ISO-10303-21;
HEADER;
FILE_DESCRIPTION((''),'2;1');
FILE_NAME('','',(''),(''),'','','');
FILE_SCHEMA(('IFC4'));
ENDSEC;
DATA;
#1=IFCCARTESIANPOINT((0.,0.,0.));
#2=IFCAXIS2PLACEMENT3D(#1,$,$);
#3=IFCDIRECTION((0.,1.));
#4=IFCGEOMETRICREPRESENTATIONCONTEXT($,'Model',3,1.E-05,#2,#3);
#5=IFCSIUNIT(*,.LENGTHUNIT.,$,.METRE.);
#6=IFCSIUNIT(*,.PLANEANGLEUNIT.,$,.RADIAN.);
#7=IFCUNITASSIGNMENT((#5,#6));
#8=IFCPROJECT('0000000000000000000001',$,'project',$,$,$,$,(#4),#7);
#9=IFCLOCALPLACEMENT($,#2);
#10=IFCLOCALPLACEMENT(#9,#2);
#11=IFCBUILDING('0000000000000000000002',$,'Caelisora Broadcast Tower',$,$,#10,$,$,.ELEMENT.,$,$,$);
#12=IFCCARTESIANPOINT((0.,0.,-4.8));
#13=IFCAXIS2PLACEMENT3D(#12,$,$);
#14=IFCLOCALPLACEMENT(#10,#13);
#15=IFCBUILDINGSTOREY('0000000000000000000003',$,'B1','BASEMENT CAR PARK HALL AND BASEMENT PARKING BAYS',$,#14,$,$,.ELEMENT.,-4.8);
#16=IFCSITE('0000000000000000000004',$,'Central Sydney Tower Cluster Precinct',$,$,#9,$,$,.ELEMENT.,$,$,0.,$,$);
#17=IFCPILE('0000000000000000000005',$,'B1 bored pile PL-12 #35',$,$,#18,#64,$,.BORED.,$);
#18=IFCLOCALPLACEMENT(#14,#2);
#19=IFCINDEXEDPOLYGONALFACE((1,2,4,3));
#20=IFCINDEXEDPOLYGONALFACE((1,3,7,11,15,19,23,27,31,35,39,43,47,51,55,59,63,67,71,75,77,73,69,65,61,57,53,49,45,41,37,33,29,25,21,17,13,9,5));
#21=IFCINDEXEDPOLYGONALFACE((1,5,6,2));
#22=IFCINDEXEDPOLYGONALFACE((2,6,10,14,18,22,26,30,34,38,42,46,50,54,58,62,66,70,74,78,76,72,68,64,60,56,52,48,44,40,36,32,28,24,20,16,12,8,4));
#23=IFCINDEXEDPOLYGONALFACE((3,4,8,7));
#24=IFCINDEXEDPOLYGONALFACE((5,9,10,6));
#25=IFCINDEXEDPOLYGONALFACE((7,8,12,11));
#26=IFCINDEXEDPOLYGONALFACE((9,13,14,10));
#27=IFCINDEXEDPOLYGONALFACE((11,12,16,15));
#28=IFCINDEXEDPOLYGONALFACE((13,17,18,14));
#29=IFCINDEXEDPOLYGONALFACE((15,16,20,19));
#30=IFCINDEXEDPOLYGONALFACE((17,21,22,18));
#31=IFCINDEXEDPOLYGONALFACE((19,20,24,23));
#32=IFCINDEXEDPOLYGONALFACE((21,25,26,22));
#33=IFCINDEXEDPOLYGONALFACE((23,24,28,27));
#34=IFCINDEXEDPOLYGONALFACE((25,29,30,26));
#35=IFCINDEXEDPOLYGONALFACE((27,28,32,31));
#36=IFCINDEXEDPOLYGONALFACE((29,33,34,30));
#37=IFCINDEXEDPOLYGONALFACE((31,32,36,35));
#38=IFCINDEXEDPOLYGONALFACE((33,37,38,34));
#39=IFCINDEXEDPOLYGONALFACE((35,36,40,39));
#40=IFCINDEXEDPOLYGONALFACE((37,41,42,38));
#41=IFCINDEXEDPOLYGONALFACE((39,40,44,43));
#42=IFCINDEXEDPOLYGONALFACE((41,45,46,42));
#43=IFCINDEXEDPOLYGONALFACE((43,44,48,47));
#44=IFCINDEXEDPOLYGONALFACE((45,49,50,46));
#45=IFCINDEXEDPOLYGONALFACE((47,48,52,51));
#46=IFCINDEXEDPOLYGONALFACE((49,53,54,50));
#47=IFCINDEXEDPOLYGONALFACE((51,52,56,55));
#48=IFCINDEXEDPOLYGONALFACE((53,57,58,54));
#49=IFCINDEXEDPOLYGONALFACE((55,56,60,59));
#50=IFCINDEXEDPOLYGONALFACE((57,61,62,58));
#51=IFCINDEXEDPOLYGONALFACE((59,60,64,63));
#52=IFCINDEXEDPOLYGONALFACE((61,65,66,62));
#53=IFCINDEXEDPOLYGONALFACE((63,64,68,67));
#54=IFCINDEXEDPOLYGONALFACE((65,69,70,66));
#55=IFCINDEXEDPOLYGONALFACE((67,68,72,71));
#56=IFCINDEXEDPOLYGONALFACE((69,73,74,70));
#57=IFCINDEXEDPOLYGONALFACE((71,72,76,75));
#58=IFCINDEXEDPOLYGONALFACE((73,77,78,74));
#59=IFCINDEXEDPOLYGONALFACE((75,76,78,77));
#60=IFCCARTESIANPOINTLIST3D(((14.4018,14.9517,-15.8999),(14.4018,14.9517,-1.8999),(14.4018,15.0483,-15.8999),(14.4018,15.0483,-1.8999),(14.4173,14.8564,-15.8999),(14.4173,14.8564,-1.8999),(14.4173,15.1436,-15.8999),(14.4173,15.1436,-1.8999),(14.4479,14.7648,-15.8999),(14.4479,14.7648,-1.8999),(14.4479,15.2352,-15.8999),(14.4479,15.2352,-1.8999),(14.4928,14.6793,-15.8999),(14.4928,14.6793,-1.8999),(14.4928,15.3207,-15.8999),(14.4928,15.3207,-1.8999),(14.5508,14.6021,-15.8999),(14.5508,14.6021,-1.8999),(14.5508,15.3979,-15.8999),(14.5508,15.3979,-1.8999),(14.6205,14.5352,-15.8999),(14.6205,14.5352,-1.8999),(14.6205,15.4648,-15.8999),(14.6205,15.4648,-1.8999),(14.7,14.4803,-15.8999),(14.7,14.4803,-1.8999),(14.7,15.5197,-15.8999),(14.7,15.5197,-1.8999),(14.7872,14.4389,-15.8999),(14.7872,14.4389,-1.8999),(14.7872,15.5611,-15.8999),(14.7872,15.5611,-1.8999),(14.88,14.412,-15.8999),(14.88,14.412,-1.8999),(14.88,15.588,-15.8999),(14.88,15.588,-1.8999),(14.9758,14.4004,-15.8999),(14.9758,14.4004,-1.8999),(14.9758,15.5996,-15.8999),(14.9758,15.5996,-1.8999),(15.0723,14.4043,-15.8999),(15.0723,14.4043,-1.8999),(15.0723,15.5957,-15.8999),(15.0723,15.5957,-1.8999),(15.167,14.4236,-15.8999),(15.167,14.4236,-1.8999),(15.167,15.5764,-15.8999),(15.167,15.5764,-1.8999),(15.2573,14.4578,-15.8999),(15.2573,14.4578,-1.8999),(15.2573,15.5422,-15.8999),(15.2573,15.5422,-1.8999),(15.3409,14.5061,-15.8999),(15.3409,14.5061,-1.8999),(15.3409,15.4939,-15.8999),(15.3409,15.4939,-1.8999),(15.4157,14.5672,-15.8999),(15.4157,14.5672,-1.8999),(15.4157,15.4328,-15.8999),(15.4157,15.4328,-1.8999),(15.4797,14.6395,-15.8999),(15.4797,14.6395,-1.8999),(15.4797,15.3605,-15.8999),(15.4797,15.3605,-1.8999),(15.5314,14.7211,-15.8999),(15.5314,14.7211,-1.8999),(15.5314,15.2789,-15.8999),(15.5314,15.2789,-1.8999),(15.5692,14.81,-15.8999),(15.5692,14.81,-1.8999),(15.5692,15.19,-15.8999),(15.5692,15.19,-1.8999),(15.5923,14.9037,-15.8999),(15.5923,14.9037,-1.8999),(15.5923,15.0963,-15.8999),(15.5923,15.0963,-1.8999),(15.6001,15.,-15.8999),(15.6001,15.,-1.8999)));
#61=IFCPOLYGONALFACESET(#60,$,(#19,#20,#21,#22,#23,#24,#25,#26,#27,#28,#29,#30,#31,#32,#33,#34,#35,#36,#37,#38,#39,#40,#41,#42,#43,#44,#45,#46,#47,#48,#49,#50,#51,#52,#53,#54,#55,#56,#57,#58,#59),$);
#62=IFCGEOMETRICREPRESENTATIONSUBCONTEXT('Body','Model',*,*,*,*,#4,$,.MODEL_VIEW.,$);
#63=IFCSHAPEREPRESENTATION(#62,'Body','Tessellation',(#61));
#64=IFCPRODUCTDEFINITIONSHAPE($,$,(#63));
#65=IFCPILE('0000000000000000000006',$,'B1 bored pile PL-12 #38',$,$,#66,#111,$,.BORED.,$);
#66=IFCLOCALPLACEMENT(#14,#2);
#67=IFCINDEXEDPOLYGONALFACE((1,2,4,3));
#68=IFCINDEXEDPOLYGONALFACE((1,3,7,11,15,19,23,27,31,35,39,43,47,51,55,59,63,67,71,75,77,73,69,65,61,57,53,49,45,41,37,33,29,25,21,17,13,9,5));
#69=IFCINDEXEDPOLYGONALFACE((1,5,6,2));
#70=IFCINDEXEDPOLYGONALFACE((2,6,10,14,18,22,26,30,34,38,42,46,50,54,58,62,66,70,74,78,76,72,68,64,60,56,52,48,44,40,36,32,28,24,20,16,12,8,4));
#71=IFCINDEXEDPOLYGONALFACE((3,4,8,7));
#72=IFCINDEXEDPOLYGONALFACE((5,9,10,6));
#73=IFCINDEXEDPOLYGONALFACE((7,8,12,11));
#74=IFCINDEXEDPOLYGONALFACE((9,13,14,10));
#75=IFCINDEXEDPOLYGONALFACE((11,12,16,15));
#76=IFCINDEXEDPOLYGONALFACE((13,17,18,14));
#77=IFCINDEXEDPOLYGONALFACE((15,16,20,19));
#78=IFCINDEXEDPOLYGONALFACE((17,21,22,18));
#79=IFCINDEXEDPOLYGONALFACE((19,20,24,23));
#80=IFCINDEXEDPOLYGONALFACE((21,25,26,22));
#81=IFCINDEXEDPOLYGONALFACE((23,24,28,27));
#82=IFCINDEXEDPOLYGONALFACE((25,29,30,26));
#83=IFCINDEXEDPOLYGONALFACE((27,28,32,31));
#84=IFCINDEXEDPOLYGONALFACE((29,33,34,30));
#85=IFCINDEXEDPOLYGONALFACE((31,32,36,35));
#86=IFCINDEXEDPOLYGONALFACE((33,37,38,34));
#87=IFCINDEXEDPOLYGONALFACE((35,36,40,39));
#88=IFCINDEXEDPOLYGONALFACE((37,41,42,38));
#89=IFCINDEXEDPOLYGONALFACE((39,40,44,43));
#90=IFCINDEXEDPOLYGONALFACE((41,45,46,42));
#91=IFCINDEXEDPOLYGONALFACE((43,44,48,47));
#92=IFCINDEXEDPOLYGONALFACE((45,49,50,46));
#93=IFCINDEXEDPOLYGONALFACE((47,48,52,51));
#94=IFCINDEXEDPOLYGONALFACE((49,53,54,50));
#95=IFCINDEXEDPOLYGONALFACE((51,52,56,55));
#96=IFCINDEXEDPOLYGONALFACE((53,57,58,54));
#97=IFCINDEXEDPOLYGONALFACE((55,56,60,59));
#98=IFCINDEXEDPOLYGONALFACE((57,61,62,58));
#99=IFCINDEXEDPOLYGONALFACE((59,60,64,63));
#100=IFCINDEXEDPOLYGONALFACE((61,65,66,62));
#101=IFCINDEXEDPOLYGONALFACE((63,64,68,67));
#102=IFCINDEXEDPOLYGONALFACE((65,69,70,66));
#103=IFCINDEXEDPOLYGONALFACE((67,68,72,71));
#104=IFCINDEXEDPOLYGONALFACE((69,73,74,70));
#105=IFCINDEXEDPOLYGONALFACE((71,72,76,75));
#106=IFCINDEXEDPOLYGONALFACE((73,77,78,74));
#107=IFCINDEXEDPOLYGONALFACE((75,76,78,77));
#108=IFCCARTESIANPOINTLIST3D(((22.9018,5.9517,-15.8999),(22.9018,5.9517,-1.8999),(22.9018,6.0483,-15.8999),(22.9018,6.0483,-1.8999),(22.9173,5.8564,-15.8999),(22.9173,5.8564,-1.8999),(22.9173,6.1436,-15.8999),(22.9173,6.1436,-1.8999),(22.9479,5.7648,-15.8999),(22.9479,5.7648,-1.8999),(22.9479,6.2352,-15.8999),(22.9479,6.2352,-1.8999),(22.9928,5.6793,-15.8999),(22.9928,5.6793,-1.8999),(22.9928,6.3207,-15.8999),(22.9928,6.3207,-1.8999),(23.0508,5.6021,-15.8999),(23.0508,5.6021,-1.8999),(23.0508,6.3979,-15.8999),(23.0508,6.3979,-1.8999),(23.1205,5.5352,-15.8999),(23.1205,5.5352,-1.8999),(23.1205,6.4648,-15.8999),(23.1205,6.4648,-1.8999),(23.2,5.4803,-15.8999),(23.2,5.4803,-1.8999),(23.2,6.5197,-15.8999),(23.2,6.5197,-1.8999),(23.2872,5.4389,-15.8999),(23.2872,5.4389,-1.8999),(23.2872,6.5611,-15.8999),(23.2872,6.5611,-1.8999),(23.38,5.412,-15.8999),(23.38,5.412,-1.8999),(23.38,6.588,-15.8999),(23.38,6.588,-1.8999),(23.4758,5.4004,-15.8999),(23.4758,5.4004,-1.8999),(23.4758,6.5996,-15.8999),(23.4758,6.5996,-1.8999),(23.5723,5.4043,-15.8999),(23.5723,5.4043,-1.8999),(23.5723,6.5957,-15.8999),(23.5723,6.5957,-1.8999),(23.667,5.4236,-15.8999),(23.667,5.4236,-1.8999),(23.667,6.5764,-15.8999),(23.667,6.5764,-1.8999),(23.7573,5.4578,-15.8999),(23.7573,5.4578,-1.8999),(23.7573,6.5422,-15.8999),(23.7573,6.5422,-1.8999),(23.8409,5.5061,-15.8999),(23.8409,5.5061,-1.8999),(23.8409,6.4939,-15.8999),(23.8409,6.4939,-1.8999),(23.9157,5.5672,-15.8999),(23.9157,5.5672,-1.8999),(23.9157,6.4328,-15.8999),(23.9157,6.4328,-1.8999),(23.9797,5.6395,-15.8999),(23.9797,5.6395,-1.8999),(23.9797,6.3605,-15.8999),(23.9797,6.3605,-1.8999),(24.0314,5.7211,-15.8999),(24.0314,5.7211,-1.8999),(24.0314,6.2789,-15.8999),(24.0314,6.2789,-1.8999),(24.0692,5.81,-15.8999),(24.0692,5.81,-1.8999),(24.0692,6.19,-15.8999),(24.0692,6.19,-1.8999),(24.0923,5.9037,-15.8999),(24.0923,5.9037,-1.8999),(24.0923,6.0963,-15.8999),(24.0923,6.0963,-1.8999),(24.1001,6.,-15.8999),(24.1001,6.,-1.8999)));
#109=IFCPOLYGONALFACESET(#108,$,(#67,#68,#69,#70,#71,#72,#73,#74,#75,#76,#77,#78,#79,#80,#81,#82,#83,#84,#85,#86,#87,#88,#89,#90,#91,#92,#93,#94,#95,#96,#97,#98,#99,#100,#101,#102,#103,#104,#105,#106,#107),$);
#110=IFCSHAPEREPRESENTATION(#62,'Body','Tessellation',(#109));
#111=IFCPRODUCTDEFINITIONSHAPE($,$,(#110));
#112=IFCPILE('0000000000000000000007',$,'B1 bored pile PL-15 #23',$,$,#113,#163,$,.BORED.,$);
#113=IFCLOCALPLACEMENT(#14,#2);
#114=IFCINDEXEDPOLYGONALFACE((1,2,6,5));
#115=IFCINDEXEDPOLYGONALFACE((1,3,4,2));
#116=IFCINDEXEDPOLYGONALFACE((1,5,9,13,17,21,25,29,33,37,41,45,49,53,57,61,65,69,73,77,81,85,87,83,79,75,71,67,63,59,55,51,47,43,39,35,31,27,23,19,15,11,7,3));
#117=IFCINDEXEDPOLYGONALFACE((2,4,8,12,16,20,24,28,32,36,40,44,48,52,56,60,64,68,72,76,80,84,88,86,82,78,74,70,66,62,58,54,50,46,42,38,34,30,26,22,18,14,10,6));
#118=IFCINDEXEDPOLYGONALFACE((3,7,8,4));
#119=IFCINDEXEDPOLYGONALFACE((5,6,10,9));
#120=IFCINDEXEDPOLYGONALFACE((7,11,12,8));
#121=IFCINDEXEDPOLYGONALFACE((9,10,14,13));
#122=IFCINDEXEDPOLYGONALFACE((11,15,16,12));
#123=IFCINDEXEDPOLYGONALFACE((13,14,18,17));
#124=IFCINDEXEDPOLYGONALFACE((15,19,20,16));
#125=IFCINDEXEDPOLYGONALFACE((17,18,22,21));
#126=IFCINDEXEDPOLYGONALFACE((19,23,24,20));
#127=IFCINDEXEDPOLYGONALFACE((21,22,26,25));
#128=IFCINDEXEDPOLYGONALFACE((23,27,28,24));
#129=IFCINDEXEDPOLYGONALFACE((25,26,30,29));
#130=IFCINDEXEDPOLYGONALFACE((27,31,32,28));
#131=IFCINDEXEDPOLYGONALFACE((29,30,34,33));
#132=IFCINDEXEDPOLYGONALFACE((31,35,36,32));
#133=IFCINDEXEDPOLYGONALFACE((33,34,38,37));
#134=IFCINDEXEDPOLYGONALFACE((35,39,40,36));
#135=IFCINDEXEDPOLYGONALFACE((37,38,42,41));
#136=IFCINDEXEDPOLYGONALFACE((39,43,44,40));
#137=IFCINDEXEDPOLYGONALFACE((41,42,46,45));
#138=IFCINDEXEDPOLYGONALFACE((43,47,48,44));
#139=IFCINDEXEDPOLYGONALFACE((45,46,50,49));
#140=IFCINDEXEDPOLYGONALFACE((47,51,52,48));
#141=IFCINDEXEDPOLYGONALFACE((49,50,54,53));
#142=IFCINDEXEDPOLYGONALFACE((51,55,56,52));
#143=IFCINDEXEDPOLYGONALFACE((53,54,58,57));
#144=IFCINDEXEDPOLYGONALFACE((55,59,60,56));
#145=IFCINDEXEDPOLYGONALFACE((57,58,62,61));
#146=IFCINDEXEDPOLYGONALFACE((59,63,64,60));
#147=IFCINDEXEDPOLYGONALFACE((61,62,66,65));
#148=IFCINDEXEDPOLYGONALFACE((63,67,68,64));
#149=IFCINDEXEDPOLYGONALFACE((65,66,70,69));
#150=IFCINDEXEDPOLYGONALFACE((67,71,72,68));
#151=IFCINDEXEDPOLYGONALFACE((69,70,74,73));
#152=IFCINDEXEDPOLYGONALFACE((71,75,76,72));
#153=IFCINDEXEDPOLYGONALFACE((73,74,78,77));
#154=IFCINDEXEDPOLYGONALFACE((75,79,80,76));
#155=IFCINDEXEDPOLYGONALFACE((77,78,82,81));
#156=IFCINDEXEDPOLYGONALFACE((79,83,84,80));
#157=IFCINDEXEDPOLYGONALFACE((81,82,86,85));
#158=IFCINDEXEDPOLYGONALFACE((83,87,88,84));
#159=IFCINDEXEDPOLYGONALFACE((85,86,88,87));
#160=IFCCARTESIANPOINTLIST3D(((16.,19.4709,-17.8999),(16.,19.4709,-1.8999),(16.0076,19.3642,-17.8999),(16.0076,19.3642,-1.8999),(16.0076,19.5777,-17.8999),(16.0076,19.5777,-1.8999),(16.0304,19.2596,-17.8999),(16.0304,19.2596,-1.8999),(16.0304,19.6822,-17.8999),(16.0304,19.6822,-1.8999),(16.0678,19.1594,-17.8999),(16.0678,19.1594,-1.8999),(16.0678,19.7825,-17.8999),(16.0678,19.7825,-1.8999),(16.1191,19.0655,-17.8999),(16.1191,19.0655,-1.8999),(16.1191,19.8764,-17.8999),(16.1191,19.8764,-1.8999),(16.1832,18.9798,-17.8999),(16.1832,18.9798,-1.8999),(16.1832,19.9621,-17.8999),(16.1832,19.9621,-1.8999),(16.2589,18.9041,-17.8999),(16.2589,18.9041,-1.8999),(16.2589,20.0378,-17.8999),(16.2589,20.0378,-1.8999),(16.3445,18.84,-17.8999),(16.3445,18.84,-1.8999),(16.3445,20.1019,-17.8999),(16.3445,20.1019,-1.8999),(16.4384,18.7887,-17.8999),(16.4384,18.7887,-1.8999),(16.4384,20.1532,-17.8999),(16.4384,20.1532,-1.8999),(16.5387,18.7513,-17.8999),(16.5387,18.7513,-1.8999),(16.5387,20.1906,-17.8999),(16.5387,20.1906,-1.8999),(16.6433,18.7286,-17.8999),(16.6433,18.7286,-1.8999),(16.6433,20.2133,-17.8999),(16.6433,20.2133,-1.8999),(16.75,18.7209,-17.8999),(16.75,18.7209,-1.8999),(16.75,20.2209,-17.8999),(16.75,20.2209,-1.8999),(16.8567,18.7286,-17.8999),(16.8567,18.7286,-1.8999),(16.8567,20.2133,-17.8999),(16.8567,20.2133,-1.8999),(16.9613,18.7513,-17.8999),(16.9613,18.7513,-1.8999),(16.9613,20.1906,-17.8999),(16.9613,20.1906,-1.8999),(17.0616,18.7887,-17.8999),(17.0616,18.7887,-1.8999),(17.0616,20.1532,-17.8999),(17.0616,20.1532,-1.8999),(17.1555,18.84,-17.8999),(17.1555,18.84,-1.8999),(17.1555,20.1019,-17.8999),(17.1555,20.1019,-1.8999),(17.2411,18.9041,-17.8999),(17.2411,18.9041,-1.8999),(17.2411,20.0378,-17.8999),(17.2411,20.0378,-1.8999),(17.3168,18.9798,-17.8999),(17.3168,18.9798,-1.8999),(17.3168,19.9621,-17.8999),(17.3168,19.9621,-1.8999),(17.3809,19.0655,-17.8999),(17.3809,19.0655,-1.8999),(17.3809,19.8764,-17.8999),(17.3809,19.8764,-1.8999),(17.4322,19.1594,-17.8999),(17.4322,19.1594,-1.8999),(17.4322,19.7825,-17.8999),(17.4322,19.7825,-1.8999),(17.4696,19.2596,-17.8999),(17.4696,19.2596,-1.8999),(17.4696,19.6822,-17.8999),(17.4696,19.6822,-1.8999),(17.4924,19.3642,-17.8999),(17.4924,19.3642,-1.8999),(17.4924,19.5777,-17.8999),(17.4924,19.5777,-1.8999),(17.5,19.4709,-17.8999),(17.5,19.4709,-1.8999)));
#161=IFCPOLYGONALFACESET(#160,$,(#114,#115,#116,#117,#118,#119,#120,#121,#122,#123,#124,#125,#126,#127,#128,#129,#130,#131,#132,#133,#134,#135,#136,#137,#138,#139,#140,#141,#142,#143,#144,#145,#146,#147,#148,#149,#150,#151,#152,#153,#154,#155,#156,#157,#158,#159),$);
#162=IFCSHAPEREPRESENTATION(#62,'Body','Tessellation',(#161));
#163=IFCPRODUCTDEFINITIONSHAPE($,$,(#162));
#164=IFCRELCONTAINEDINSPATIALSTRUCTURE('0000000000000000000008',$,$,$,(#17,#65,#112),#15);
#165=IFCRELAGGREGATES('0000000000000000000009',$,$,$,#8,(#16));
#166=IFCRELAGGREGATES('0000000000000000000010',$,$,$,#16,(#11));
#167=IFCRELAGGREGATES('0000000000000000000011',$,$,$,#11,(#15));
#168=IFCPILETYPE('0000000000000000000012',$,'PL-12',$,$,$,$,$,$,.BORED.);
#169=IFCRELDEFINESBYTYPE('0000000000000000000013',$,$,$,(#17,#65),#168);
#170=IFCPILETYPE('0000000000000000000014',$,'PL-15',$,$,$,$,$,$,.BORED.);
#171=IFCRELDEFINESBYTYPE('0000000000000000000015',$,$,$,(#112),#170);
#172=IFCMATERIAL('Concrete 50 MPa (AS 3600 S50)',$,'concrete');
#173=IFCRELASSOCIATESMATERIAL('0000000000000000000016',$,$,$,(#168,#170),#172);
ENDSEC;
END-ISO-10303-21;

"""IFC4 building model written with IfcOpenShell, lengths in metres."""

from ifc_helpers import new_model, si_unit, direction, frame, origin, origin_2d, place, context, subcontext, project, spatial, circle, extrude, material, material_profile, profile_set, type_object, element, save


model = new_model("IFC4")

# Units and contexts
model_context = context("Model", 3, precision=1e-05, world=origin(), true_north=direction((0.0, 1.0)))
body_context = subcontext(model_context, "Body", "Model", "MODEL_VIEW")
ifc_project = project(units=[si_unit("LENGTHUNIT", "METRE"), si_unit("PLANEANGLEUNIT", "RADIAN")], contexts=[model_context])

# Site, building, storey
site_placement = place(None, origin())
site = spatial("IfcSite", under=ifc_project, at=site_placement, Name="Central Sydney Tower Cluster Precinct", CompositionType="ELEMENT", RefElevation=0.0)
building_placement = place(site_placement, origin())
building = spatial("IfcBuilding", under=site, at=building_placement, Name="Caelisora Broadcast Tower", CompositionType="ELEMENT")
storey_placement = place(building_placement, frame((0.0, 0.0, -4.8)))
storey = spatial("IfcBuildingStorey", under=building, at=storey_placement, Name="B1", Description="BASEMENT CAR PARK HALL AND BASEMENT PARKING BAYS", CompositionType="ELEMENT", Elevation=-4.8)

# Shared definitions
ifc_material_1 = material(Name="Concrete 50 MPa (AS 3600 S50)", Category="concrete")

# Piles
ifc_material_profile_1 = material_profile(ifc_material_1, circle(Radius=0.6001, at=origin_2d()), Name="Concrete 50 MPa (AS 3600 S50)")
ifc_profile_set_1 = profile_set([ifc_material_profile_1], Name="Concrete 50 MPa (AS 3600 S50)")
pile_type_1 = type_object("IfcPileType", Name="PL-12", PredefinedType="BORED", material=ifc_profile_set_1)
for number, where, z_axis, x_axis, name in (
    (1, (15.0, 15.0, -1.8999), (0.0, 0.0, -1.0), (1.0, 0.0, 0.0), "B1 bored pile PL-12 #35"),
    (2, (23.5, 6.0, -1.8999), (0.0, 0.0, -1.0), (1.0, 0.0, 0.0), "B1 bored pile PL-12 #38"),
):
    element("IfcPile", number, at=place(storey_placement, frame(where, z_axis=z_axis, x_axis=x_axis)), inside=storey, type_object=pile_type_1, Name=name, PredefinedType="BORED", context=body_context, shape_type="SweptSolid", body=[
        extrude(circle(Radius=0.6001, at=origin_2d()), origin(), (0.0, 0.0, 1.0), 14.0),
    ])
ifc_material_profile_2 = material_profile(ifc_material_1, circle(Radius=0.75, at=origin_2d()), Name="Concrete 50 MPa (AS 3600 S50)")
ifc_profile_set_2 = profile_set([ifc_material_profile_2], Name="Concrete 50 MPa (AS 3600 S50)")
pile_type_2 = type_object("IfcPileType", Name="PL-15", PredefinedType="BORED", material=ifc_profile_set_2)
for number, where, z_axis, x_axis, name in (
    (3, (16.75, 19.4709, -1.8999), (0.0, 0.0, -1.0), (1.0, 0.0, 0.0), "B1 bored pile PL-15 #23"),
):
    element("IfcPile", number, at=place(storey_placement, frame(where, z_axis=z_axis, x_axis=x_axis)), inside=storey, type_object=pile_type_2, Name=name, PredefinedType="BORED", context=body_context, shape_type="SweptSolid", body=[
        extrude(circle(Radius=0.75, at=origin_2d()), origin(), (0.0, 0.0, 1.0), 16.0),
    ])

save(model, "model.ifc")
